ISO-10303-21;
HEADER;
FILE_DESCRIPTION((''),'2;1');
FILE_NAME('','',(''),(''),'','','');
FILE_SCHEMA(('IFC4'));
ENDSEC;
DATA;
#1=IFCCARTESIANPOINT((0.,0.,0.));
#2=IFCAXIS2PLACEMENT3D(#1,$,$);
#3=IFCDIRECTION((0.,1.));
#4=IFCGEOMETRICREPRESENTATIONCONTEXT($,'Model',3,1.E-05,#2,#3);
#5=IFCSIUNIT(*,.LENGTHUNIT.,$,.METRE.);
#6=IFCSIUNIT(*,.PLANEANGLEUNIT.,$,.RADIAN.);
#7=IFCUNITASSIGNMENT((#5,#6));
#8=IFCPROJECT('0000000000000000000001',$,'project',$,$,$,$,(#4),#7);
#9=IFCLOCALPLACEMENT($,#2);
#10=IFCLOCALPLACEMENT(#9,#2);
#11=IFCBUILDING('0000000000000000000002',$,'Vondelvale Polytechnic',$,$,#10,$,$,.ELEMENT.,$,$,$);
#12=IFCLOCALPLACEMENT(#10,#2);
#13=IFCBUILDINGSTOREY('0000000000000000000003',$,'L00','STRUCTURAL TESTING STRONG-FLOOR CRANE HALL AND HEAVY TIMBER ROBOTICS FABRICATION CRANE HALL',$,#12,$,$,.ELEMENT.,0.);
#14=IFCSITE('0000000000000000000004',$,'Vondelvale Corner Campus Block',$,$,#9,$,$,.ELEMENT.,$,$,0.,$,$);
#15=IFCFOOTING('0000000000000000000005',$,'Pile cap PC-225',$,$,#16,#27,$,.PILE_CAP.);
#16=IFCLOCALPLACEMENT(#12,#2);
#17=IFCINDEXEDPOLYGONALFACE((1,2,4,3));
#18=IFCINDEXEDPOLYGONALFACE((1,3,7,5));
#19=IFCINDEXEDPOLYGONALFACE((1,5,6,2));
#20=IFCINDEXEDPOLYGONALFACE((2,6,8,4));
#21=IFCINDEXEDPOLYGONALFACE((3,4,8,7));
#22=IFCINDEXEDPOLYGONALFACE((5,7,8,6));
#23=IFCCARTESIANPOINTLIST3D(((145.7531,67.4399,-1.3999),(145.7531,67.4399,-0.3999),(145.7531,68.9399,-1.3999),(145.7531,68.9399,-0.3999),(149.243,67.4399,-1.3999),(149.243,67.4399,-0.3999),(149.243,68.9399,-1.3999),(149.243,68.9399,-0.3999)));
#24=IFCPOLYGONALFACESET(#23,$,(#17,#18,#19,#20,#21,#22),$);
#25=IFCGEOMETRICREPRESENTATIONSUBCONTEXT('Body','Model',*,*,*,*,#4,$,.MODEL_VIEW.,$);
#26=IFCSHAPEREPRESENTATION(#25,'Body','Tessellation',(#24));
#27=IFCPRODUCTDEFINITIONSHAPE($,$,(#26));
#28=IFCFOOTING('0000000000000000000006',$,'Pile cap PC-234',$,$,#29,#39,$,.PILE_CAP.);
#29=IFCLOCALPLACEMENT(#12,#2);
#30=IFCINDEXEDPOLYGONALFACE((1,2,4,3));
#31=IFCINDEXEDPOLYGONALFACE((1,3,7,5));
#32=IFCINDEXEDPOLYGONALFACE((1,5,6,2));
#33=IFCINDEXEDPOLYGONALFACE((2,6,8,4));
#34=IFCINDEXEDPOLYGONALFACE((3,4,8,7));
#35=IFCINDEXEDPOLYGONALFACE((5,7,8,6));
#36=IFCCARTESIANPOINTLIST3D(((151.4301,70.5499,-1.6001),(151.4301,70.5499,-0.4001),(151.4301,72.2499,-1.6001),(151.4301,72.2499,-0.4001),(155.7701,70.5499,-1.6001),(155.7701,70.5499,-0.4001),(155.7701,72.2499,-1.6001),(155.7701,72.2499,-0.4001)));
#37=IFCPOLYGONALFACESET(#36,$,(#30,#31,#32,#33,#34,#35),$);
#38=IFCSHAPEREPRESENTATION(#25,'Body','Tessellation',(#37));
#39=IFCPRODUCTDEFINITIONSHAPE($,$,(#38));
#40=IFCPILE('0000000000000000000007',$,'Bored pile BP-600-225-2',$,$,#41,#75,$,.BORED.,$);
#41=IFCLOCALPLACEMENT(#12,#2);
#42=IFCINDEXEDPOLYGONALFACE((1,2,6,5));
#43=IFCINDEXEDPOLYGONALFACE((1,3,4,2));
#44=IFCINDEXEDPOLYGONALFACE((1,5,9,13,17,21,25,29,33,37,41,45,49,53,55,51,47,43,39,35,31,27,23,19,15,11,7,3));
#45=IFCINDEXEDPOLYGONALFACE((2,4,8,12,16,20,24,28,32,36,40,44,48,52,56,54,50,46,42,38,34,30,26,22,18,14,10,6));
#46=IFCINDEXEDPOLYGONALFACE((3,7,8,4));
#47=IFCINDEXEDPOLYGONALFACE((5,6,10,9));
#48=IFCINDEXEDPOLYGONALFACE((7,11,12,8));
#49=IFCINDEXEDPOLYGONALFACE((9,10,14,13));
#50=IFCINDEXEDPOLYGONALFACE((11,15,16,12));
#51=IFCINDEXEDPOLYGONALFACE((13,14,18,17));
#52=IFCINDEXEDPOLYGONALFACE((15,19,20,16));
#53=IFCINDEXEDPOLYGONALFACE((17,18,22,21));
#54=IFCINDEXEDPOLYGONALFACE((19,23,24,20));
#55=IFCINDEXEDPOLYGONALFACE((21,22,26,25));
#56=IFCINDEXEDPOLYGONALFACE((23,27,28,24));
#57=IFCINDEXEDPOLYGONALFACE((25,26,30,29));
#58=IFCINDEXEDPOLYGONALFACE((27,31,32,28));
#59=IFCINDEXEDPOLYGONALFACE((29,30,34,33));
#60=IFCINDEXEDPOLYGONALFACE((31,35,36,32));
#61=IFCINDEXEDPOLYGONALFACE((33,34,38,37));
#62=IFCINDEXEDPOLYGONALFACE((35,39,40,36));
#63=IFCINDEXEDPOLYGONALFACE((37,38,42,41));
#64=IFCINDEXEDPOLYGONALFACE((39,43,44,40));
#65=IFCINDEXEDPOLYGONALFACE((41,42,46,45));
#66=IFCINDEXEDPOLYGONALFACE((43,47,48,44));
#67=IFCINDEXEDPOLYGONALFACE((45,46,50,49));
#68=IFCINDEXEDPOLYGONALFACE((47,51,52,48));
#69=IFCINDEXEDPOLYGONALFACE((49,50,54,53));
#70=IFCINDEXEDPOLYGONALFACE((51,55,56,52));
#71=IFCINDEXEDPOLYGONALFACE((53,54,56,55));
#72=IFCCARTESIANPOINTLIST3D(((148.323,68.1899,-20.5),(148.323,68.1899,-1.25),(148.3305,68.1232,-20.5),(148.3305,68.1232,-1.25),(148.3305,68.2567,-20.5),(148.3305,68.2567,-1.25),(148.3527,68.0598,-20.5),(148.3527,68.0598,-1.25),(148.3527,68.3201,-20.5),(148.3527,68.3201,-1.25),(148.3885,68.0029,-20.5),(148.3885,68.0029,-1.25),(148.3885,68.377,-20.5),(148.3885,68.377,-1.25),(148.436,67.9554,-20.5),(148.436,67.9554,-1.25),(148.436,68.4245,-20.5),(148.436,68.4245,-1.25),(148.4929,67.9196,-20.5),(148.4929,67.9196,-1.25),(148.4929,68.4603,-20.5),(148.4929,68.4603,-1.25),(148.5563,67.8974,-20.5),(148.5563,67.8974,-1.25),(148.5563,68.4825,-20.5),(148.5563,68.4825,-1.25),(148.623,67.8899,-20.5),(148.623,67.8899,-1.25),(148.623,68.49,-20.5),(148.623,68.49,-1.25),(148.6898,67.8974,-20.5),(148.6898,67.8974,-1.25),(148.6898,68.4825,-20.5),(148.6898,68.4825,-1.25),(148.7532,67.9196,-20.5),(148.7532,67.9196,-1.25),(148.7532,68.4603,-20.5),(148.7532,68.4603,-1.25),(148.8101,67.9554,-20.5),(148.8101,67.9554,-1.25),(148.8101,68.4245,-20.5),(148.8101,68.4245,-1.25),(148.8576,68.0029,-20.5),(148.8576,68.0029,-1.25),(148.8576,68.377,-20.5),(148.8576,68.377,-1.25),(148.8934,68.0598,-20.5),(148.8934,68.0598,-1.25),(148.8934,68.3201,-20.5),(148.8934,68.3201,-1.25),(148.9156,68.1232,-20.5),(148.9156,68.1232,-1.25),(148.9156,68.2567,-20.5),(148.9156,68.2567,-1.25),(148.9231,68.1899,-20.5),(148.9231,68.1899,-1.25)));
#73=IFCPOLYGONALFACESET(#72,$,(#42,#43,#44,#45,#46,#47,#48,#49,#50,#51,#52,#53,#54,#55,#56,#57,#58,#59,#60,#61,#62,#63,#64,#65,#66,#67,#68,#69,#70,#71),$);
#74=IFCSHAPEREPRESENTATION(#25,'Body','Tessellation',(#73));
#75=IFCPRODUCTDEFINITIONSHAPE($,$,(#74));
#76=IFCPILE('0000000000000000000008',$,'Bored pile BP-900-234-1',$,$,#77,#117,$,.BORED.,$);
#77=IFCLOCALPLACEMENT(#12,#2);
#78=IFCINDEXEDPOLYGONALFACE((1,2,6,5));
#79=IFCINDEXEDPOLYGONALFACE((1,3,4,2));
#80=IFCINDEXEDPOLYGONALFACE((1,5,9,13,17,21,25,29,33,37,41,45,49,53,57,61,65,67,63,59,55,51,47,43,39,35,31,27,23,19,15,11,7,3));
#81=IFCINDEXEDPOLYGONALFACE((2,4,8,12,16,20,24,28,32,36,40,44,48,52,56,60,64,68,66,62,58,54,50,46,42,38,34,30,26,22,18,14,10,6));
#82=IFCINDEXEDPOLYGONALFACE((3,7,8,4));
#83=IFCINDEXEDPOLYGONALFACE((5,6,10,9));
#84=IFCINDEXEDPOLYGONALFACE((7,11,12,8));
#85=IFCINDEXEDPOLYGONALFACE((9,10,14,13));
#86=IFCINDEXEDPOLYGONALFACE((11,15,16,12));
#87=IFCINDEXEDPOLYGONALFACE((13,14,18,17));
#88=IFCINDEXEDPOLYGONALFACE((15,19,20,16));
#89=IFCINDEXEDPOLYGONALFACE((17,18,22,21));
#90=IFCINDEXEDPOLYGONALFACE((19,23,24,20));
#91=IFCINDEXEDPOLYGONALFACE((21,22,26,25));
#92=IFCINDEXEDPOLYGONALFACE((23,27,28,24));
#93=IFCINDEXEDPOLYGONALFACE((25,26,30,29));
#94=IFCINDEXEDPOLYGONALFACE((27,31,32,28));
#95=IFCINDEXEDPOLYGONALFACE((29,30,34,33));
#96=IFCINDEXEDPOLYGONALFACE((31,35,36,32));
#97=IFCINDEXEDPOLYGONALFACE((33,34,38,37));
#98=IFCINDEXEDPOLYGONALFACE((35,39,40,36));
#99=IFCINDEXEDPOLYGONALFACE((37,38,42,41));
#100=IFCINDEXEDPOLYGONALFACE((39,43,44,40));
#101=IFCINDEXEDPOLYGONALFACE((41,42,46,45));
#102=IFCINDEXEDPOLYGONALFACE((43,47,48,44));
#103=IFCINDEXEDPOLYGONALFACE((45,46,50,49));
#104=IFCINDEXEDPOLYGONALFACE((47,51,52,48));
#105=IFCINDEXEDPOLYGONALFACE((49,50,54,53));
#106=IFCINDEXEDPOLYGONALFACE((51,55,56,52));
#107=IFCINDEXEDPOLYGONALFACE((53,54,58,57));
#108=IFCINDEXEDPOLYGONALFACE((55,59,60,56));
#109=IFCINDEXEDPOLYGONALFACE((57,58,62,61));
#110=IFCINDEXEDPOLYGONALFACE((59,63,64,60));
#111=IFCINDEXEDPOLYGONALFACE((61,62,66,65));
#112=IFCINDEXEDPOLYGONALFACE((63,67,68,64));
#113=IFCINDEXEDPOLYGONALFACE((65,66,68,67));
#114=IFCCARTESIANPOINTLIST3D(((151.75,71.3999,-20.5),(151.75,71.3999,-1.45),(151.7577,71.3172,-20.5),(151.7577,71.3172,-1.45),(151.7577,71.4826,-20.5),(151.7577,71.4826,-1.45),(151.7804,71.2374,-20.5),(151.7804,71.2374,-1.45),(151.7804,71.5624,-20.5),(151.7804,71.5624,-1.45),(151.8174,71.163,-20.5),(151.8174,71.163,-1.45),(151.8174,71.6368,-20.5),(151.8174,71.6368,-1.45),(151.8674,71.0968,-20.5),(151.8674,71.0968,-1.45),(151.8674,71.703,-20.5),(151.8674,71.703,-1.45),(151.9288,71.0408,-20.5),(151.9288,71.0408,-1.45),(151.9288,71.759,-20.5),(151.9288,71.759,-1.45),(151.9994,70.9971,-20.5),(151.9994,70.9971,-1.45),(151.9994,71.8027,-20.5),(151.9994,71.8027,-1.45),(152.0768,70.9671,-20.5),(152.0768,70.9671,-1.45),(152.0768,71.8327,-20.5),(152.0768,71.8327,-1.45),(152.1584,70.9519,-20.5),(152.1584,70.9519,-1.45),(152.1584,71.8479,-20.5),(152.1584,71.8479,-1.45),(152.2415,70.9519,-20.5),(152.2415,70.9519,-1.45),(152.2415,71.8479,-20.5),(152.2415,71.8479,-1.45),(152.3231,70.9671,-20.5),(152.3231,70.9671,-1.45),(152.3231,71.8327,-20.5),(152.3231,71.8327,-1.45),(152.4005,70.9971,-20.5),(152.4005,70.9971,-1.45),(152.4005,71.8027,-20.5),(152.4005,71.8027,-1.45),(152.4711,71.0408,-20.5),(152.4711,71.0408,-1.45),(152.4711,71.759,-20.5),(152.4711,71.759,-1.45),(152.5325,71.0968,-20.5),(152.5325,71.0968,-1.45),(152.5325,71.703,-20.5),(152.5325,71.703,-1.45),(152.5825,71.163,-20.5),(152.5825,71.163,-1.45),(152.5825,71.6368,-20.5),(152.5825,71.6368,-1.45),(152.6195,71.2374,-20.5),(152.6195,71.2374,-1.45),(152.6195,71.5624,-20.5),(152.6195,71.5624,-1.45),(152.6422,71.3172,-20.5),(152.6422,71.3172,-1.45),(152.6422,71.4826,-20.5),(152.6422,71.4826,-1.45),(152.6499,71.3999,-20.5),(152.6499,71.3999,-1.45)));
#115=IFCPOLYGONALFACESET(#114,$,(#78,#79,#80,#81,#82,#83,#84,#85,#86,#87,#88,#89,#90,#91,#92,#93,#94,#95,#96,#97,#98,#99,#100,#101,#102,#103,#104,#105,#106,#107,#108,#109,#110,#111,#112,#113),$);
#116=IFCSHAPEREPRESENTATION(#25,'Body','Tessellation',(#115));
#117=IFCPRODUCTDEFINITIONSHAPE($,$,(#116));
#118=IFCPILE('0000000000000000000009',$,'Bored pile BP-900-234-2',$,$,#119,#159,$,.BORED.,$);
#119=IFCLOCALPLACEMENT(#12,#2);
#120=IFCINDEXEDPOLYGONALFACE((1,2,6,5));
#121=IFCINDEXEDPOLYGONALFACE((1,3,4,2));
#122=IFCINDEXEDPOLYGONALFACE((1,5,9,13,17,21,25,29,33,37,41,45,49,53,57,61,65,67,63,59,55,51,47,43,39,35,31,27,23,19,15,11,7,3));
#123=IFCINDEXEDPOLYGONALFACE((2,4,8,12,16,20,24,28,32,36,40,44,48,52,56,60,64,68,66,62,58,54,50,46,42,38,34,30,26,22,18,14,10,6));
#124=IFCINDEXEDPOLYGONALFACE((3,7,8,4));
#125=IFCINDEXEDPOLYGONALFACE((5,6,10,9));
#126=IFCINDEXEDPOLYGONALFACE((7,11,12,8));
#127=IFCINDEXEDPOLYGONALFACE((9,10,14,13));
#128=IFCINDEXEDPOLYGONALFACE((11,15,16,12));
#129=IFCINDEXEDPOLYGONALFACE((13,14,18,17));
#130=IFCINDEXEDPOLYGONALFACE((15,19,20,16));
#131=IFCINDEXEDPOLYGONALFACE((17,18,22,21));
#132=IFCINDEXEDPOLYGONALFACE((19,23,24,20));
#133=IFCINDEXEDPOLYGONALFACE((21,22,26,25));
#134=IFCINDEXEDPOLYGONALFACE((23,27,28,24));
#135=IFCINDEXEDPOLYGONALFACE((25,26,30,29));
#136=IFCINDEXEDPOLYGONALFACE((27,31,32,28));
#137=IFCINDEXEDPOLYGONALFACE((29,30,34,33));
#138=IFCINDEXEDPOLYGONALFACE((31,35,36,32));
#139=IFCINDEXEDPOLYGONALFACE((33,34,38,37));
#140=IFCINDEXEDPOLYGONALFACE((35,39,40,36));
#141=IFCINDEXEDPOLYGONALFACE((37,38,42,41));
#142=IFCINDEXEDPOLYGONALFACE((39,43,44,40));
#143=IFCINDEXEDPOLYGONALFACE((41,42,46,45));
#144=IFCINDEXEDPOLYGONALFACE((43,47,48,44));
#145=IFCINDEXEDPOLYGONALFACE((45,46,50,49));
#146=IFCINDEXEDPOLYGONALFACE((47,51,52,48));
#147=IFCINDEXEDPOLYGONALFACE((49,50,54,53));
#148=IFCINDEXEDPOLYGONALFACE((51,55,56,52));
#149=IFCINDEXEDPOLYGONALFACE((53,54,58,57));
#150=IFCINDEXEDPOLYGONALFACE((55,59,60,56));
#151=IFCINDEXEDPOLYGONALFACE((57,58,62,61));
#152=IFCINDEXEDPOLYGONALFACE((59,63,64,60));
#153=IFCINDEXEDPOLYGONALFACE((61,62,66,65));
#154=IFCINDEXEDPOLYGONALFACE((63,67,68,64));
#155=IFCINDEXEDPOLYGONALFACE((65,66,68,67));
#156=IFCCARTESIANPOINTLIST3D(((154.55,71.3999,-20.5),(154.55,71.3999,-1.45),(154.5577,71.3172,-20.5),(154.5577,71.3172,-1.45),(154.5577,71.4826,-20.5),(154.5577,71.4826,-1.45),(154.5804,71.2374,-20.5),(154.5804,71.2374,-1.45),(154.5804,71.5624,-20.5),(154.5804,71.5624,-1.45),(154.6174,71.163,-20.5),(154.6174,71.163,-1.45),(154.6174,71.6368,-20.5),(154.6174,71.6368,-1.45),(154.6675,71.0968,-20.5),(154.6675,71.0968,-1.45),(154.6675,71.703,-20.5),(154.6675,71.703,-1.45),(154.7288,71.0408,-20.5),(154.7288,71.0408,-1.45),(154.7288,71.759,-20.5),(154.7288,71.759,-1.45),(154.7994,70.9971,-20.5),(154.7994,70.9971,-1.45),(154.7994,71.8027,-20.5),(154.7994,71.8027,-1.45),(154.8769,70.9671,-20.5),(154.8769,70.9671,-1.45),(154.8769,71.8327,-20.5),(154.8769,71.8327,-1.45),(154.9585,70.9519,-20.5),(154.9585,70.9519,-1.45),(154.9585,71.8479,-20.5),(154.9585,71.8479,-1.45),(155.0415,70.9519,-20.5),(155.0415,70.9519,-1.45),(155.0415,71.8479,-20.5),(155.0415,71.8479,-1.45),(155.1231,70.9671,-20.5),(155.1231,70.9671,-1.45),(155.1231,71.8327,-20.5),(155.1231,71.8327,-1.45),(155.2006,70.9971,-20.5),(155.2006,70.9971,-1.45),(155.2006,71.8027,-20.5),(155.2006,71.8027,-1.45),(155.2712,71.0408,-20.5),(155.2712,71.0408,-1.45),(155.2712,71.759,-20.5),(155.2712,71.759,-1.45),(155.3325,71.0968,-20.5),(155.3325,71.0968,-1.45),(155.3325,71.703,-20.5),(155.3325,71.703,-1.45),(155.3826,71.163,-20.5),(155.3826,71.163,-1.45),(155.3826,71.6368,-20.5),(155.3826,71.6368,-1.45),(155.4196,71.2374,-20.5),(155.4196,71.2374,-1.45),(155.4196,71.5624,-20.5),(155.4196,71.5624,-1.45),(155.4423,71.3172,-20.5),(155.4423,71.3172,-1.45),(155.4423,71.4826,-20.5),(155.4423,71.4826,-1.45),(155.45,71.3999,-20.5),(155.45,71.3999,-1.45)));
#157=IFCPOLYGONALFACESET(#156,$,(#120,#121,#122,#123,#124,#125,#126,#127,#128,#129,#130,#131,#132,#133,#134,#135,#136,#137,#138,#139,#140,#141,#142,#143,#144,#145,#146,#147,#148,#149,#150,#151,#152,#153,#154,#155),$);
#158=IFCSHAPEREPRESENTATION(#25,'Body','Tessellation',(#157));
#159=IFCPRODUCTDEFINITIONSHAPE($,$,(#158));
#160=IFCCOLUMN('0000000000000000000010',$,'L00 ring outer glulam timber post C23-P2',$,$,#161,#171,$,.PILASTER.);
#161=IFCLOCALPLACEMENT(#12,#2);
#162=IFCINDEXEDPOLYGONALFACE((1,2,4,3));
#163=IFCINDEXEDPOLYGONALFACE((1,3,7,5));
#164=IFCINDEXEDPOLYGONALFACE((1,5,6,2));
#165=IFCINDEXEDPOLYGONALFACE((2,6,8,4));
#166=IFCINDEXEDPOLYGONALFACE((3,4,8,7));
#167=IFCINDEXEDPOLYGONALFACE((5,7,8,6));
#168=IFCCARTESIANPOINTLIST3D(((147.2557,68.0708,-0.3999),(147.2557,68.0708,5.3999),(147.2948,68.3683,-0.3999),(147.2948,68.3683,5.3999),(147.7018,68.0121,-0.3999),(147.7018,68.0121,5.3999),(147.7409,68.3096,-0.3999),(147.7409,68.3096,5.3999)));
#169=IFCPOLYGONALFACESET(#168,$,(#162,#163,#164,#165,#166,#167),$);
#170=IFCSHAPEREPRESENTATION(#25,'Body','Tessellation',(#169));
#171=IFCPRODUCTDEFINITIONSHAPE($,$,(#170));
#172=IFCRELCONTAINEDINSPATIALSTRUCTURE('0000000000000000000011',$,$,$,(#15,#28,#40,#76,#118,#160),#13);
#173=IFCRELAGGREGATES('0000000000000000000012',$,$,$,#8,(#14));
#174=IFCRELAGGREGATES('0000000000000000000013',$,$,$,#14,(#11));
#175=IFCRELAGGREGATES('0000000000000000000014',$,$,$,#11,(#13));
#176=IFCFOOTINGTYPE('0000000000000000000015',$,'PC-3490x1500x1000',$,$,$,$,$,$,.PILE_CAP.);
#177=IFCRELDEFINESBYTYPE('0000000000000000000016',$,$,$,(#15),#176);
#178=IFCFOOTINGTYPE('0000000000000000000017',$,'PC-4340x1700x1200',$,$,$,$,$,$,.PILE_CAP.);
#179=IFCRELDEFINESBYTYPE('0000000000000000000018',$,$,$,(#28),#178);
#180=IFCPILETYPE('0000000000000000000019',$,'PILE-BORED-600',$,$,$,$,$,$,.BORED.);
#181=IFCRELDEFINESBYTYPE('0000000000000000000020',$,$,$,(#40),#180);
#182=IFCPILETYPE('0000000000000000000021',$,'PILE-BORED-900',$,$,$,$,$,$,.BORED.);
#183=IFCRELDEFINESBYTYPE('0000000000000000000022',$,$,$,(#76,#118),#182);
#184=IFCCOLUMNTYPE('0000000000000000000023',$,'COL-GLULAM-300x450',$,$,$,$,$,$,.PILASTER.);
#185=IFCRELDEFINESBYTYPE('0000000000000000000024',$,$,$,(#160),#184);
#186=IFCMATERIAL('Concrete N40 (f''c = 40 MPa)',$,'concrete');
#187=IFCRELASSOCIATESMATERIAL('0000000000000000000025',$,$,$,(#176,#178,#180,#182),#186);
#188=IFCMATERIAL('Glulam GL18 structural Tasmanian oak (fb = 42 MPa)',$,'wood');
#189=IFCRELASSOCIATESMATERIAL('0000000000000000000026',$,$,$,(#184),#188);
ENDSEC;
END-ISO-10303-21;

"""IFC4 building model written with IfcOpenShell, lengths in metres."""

from ifc_helpers import new_model, si_unit, direction, frame, origin, origin_2d, place, context, subcontext, project, spatial, rectangle, circle, extrude, material, material_profile, profile_set, type_object, element, save


model = new_model("IFC4")

# Units and contexts
model_context = context("Model", 3, precision=1e-05, world=origin(), true_north=direction((0.0, 1.0)))
body_context = subcontext(model_context, "Body", "Model", "MODEL_VIEW")
ifc_project = project(units=[si_unit("LENGTHUNIT", "METRE"), si_unit("PLANEANGLEUNIT", "RADIAN")], contexts=[model_context])

# Site, building, storey
site_placement = place(None, origin())
site = spatial("IfcSite", under=ifc_project, at=site_placement, Name="Vondelvale Corner Campus Block", CompositionType="ELEMENT", RefElevation=0.0)
building_placement = place(site_placement, origin())
building = spatial("IfcBuilding", under=site, at=building_placement, Name="Vondelvale Polytechnic", CompositionType="ELEMENT")
storey_placement = place(building_placement, origin())
storey = spatial("IfcBuildingStorey", under=building, at=storey_placement, Name="L00", Description="STRUCTURAL TESTING STRONG-FLOOR CRANE HALL AND HEAVY TIMBER ROBOTICS FABRICATION CRANE HALL", CompositionType="ELEMENT", Elevation=0.0)

# Footings
ifc_material_1 = material(Name="Concrete N40 (f'c = 40 MPa)", Category="concrete")
footing_type_1 = type_object("IfcFootingType", Name="PC-3490x1500x1000", PredefinedType="PILE_CAP", material=ifc_material_1)
footing_1_placement = place(storey_placement, frame((147.498, 68.1899, -1.3999), z_axis=(0.0, 0.0, 1.0), x_axis=(1.0, 0.0, 0.0)))
element("IfcFooting", 1, at=footing_1_placement, inside=storey, type_object=footing_type_1, Name="Pile cap PC-225", PredefinedType="PILE_CAP", context=body_context, shape_type="SweptSolid", body=[
    extrude(rectangle(XDim=3.49, YDim=1.5, at=origin_2d()), origin(), (0.0, 0.0, 1.0), 1.0),
])
footing_type_2 = type_object("IfcFootingType", Name="PC-4340x1700x1200", PredefinedType="PILE_CAP", material=ifc_material_1)
footing_2_placement = place(storey_placement, frame((153.6001, 71.3999, -1.6001), z_axis=(0.0, 0.0, 1.0), x_axis=(1.0, 0.0, 0.0)))
element("IfcFooting", 2, at=footing_2_placement, inside=storey, type_object=footing_type_2, Name="Pile cap PC-234", PredefinedType="PILE_CAP", context=body_context, shape_type="SweptSolid", body=[
    extrude(rectangle(XDim=4.3401, YDim=1.7, at=origin_2d()), origin(), (0.0, 0.0, 1.0), 1.2),
])

# Piles
ifc_material_profile_1 = material_profile(ifc_material_1, circle(Radius=0.3, at=origin_2d()), Name="PILE-D600")
ifc_profile_set_1 = profile_set([ifc_material_profile_1], Name="Concrete N40 (f'c = 40 MPa)")
pile_type_1 = type_object("IfcPileType", Name="PILE-BORED-600", PredefinedType="BORED", material=ifc_profile_set_1)
pile_placement = place(storey_placement, frame((148.623, 68.1899, -1.25), z_axis=(0.0, 0.0, -1.0), x_axis=(1.0, 0.0, 0.0)))
element("IfcPile", 3, at=pile_placement, inside=storey, type_object=pile_type_1, Name="Bored pile BP-600-225-2", PredefinedType="BORED", context=body_context, shape_type="SweptSolid", body=[
    extrude(circle(Radius=0.3, at=origin_2d()), origin(), (0.0, 0.0, 1.0), 19.25),
])
ifc_material_profile_2 = material_profile(ifc_material_1, circle(Radius=0.45, at=origin_2d()), Name="PILE-D900")
ifc_profile_set_2 = profile_set([ifc_material_profile_2], Name="Concrete N40 (f'c = 40 MPa)")
pile_type_2 = type_object("IfcPileType", Name="PILE-BORED-900", PredefinedType="BORED", material=ifc_profile_set_2)
for number, where, z_axis, x_axis, name in (
    (4, (152.2, 71.3999, -1.45), (0.0, 0.0, -1.0), (1.0, 0.0, 0.0), "Bored pile BP-900-234-1"),
    (5, (155.0, 71.3999, -1.45), (0.0, 0.0, -1.0), (1.0, 0.0, 0.0), "Bored pile BP-900-234-2"),
):
    element("IfcPile", number, at=place(storey_placement, frame(where, z_axis=z_axis, x_axis=x_axis)), inside=storey, type_object=pile_type_2, Name=name, PredefinedType="BORED", context=body_context, shape_type="SweptSolid", body=[
        extrude(circle(Radius=0.45, at=origin_2d()), origin(), (0.0, 0.0, 1.0), 19.05),
    ])

# Column
ifc_material_2 = material(Name="Glulam GL18 structural Tasmanian oak (fb = 42 MPa)", Category="wood")
ifc_material_profile_3 = material_profile(ifc_material_2, rectangle(XDim=0.3, YDim=0.45, at=origin_2d()), Name="GL-POST-300x450")
ifc_profile_set_3 = profile_set([ifc_material_profile_3], Name="Glulam GL18 structural Tasmanian oak (fb = 42 MPa)")
column_type_1 = type_object("IfcColumnType", Name="COL-GLULAM-300x450", PredefinedType="PILASTER", material=ifc_profile_set_3)
column_1_placement = place(storey_placement, frame((147.4983, 68.1902, -0.3999), z_axis=(0.0, 0.0, 1.0), x_axis=(0.130526, 0.991445, 0.0)))
element("IfcColumn", 6, at=column_1_placement, inside=storey, type_object=column_type_1, Name="L00 ring outer glulam timber post C23-P2", PredefinedType="PILASTER", context=body_context, shape_type="SweptSolid", body=[
    extrude(rectangle(XDim=0.3, YDim=0.45, at=origin_2d()), origin(), (0.0, 0.0, 1.0), 5.7998),
])

save(model, "model.ifc")
